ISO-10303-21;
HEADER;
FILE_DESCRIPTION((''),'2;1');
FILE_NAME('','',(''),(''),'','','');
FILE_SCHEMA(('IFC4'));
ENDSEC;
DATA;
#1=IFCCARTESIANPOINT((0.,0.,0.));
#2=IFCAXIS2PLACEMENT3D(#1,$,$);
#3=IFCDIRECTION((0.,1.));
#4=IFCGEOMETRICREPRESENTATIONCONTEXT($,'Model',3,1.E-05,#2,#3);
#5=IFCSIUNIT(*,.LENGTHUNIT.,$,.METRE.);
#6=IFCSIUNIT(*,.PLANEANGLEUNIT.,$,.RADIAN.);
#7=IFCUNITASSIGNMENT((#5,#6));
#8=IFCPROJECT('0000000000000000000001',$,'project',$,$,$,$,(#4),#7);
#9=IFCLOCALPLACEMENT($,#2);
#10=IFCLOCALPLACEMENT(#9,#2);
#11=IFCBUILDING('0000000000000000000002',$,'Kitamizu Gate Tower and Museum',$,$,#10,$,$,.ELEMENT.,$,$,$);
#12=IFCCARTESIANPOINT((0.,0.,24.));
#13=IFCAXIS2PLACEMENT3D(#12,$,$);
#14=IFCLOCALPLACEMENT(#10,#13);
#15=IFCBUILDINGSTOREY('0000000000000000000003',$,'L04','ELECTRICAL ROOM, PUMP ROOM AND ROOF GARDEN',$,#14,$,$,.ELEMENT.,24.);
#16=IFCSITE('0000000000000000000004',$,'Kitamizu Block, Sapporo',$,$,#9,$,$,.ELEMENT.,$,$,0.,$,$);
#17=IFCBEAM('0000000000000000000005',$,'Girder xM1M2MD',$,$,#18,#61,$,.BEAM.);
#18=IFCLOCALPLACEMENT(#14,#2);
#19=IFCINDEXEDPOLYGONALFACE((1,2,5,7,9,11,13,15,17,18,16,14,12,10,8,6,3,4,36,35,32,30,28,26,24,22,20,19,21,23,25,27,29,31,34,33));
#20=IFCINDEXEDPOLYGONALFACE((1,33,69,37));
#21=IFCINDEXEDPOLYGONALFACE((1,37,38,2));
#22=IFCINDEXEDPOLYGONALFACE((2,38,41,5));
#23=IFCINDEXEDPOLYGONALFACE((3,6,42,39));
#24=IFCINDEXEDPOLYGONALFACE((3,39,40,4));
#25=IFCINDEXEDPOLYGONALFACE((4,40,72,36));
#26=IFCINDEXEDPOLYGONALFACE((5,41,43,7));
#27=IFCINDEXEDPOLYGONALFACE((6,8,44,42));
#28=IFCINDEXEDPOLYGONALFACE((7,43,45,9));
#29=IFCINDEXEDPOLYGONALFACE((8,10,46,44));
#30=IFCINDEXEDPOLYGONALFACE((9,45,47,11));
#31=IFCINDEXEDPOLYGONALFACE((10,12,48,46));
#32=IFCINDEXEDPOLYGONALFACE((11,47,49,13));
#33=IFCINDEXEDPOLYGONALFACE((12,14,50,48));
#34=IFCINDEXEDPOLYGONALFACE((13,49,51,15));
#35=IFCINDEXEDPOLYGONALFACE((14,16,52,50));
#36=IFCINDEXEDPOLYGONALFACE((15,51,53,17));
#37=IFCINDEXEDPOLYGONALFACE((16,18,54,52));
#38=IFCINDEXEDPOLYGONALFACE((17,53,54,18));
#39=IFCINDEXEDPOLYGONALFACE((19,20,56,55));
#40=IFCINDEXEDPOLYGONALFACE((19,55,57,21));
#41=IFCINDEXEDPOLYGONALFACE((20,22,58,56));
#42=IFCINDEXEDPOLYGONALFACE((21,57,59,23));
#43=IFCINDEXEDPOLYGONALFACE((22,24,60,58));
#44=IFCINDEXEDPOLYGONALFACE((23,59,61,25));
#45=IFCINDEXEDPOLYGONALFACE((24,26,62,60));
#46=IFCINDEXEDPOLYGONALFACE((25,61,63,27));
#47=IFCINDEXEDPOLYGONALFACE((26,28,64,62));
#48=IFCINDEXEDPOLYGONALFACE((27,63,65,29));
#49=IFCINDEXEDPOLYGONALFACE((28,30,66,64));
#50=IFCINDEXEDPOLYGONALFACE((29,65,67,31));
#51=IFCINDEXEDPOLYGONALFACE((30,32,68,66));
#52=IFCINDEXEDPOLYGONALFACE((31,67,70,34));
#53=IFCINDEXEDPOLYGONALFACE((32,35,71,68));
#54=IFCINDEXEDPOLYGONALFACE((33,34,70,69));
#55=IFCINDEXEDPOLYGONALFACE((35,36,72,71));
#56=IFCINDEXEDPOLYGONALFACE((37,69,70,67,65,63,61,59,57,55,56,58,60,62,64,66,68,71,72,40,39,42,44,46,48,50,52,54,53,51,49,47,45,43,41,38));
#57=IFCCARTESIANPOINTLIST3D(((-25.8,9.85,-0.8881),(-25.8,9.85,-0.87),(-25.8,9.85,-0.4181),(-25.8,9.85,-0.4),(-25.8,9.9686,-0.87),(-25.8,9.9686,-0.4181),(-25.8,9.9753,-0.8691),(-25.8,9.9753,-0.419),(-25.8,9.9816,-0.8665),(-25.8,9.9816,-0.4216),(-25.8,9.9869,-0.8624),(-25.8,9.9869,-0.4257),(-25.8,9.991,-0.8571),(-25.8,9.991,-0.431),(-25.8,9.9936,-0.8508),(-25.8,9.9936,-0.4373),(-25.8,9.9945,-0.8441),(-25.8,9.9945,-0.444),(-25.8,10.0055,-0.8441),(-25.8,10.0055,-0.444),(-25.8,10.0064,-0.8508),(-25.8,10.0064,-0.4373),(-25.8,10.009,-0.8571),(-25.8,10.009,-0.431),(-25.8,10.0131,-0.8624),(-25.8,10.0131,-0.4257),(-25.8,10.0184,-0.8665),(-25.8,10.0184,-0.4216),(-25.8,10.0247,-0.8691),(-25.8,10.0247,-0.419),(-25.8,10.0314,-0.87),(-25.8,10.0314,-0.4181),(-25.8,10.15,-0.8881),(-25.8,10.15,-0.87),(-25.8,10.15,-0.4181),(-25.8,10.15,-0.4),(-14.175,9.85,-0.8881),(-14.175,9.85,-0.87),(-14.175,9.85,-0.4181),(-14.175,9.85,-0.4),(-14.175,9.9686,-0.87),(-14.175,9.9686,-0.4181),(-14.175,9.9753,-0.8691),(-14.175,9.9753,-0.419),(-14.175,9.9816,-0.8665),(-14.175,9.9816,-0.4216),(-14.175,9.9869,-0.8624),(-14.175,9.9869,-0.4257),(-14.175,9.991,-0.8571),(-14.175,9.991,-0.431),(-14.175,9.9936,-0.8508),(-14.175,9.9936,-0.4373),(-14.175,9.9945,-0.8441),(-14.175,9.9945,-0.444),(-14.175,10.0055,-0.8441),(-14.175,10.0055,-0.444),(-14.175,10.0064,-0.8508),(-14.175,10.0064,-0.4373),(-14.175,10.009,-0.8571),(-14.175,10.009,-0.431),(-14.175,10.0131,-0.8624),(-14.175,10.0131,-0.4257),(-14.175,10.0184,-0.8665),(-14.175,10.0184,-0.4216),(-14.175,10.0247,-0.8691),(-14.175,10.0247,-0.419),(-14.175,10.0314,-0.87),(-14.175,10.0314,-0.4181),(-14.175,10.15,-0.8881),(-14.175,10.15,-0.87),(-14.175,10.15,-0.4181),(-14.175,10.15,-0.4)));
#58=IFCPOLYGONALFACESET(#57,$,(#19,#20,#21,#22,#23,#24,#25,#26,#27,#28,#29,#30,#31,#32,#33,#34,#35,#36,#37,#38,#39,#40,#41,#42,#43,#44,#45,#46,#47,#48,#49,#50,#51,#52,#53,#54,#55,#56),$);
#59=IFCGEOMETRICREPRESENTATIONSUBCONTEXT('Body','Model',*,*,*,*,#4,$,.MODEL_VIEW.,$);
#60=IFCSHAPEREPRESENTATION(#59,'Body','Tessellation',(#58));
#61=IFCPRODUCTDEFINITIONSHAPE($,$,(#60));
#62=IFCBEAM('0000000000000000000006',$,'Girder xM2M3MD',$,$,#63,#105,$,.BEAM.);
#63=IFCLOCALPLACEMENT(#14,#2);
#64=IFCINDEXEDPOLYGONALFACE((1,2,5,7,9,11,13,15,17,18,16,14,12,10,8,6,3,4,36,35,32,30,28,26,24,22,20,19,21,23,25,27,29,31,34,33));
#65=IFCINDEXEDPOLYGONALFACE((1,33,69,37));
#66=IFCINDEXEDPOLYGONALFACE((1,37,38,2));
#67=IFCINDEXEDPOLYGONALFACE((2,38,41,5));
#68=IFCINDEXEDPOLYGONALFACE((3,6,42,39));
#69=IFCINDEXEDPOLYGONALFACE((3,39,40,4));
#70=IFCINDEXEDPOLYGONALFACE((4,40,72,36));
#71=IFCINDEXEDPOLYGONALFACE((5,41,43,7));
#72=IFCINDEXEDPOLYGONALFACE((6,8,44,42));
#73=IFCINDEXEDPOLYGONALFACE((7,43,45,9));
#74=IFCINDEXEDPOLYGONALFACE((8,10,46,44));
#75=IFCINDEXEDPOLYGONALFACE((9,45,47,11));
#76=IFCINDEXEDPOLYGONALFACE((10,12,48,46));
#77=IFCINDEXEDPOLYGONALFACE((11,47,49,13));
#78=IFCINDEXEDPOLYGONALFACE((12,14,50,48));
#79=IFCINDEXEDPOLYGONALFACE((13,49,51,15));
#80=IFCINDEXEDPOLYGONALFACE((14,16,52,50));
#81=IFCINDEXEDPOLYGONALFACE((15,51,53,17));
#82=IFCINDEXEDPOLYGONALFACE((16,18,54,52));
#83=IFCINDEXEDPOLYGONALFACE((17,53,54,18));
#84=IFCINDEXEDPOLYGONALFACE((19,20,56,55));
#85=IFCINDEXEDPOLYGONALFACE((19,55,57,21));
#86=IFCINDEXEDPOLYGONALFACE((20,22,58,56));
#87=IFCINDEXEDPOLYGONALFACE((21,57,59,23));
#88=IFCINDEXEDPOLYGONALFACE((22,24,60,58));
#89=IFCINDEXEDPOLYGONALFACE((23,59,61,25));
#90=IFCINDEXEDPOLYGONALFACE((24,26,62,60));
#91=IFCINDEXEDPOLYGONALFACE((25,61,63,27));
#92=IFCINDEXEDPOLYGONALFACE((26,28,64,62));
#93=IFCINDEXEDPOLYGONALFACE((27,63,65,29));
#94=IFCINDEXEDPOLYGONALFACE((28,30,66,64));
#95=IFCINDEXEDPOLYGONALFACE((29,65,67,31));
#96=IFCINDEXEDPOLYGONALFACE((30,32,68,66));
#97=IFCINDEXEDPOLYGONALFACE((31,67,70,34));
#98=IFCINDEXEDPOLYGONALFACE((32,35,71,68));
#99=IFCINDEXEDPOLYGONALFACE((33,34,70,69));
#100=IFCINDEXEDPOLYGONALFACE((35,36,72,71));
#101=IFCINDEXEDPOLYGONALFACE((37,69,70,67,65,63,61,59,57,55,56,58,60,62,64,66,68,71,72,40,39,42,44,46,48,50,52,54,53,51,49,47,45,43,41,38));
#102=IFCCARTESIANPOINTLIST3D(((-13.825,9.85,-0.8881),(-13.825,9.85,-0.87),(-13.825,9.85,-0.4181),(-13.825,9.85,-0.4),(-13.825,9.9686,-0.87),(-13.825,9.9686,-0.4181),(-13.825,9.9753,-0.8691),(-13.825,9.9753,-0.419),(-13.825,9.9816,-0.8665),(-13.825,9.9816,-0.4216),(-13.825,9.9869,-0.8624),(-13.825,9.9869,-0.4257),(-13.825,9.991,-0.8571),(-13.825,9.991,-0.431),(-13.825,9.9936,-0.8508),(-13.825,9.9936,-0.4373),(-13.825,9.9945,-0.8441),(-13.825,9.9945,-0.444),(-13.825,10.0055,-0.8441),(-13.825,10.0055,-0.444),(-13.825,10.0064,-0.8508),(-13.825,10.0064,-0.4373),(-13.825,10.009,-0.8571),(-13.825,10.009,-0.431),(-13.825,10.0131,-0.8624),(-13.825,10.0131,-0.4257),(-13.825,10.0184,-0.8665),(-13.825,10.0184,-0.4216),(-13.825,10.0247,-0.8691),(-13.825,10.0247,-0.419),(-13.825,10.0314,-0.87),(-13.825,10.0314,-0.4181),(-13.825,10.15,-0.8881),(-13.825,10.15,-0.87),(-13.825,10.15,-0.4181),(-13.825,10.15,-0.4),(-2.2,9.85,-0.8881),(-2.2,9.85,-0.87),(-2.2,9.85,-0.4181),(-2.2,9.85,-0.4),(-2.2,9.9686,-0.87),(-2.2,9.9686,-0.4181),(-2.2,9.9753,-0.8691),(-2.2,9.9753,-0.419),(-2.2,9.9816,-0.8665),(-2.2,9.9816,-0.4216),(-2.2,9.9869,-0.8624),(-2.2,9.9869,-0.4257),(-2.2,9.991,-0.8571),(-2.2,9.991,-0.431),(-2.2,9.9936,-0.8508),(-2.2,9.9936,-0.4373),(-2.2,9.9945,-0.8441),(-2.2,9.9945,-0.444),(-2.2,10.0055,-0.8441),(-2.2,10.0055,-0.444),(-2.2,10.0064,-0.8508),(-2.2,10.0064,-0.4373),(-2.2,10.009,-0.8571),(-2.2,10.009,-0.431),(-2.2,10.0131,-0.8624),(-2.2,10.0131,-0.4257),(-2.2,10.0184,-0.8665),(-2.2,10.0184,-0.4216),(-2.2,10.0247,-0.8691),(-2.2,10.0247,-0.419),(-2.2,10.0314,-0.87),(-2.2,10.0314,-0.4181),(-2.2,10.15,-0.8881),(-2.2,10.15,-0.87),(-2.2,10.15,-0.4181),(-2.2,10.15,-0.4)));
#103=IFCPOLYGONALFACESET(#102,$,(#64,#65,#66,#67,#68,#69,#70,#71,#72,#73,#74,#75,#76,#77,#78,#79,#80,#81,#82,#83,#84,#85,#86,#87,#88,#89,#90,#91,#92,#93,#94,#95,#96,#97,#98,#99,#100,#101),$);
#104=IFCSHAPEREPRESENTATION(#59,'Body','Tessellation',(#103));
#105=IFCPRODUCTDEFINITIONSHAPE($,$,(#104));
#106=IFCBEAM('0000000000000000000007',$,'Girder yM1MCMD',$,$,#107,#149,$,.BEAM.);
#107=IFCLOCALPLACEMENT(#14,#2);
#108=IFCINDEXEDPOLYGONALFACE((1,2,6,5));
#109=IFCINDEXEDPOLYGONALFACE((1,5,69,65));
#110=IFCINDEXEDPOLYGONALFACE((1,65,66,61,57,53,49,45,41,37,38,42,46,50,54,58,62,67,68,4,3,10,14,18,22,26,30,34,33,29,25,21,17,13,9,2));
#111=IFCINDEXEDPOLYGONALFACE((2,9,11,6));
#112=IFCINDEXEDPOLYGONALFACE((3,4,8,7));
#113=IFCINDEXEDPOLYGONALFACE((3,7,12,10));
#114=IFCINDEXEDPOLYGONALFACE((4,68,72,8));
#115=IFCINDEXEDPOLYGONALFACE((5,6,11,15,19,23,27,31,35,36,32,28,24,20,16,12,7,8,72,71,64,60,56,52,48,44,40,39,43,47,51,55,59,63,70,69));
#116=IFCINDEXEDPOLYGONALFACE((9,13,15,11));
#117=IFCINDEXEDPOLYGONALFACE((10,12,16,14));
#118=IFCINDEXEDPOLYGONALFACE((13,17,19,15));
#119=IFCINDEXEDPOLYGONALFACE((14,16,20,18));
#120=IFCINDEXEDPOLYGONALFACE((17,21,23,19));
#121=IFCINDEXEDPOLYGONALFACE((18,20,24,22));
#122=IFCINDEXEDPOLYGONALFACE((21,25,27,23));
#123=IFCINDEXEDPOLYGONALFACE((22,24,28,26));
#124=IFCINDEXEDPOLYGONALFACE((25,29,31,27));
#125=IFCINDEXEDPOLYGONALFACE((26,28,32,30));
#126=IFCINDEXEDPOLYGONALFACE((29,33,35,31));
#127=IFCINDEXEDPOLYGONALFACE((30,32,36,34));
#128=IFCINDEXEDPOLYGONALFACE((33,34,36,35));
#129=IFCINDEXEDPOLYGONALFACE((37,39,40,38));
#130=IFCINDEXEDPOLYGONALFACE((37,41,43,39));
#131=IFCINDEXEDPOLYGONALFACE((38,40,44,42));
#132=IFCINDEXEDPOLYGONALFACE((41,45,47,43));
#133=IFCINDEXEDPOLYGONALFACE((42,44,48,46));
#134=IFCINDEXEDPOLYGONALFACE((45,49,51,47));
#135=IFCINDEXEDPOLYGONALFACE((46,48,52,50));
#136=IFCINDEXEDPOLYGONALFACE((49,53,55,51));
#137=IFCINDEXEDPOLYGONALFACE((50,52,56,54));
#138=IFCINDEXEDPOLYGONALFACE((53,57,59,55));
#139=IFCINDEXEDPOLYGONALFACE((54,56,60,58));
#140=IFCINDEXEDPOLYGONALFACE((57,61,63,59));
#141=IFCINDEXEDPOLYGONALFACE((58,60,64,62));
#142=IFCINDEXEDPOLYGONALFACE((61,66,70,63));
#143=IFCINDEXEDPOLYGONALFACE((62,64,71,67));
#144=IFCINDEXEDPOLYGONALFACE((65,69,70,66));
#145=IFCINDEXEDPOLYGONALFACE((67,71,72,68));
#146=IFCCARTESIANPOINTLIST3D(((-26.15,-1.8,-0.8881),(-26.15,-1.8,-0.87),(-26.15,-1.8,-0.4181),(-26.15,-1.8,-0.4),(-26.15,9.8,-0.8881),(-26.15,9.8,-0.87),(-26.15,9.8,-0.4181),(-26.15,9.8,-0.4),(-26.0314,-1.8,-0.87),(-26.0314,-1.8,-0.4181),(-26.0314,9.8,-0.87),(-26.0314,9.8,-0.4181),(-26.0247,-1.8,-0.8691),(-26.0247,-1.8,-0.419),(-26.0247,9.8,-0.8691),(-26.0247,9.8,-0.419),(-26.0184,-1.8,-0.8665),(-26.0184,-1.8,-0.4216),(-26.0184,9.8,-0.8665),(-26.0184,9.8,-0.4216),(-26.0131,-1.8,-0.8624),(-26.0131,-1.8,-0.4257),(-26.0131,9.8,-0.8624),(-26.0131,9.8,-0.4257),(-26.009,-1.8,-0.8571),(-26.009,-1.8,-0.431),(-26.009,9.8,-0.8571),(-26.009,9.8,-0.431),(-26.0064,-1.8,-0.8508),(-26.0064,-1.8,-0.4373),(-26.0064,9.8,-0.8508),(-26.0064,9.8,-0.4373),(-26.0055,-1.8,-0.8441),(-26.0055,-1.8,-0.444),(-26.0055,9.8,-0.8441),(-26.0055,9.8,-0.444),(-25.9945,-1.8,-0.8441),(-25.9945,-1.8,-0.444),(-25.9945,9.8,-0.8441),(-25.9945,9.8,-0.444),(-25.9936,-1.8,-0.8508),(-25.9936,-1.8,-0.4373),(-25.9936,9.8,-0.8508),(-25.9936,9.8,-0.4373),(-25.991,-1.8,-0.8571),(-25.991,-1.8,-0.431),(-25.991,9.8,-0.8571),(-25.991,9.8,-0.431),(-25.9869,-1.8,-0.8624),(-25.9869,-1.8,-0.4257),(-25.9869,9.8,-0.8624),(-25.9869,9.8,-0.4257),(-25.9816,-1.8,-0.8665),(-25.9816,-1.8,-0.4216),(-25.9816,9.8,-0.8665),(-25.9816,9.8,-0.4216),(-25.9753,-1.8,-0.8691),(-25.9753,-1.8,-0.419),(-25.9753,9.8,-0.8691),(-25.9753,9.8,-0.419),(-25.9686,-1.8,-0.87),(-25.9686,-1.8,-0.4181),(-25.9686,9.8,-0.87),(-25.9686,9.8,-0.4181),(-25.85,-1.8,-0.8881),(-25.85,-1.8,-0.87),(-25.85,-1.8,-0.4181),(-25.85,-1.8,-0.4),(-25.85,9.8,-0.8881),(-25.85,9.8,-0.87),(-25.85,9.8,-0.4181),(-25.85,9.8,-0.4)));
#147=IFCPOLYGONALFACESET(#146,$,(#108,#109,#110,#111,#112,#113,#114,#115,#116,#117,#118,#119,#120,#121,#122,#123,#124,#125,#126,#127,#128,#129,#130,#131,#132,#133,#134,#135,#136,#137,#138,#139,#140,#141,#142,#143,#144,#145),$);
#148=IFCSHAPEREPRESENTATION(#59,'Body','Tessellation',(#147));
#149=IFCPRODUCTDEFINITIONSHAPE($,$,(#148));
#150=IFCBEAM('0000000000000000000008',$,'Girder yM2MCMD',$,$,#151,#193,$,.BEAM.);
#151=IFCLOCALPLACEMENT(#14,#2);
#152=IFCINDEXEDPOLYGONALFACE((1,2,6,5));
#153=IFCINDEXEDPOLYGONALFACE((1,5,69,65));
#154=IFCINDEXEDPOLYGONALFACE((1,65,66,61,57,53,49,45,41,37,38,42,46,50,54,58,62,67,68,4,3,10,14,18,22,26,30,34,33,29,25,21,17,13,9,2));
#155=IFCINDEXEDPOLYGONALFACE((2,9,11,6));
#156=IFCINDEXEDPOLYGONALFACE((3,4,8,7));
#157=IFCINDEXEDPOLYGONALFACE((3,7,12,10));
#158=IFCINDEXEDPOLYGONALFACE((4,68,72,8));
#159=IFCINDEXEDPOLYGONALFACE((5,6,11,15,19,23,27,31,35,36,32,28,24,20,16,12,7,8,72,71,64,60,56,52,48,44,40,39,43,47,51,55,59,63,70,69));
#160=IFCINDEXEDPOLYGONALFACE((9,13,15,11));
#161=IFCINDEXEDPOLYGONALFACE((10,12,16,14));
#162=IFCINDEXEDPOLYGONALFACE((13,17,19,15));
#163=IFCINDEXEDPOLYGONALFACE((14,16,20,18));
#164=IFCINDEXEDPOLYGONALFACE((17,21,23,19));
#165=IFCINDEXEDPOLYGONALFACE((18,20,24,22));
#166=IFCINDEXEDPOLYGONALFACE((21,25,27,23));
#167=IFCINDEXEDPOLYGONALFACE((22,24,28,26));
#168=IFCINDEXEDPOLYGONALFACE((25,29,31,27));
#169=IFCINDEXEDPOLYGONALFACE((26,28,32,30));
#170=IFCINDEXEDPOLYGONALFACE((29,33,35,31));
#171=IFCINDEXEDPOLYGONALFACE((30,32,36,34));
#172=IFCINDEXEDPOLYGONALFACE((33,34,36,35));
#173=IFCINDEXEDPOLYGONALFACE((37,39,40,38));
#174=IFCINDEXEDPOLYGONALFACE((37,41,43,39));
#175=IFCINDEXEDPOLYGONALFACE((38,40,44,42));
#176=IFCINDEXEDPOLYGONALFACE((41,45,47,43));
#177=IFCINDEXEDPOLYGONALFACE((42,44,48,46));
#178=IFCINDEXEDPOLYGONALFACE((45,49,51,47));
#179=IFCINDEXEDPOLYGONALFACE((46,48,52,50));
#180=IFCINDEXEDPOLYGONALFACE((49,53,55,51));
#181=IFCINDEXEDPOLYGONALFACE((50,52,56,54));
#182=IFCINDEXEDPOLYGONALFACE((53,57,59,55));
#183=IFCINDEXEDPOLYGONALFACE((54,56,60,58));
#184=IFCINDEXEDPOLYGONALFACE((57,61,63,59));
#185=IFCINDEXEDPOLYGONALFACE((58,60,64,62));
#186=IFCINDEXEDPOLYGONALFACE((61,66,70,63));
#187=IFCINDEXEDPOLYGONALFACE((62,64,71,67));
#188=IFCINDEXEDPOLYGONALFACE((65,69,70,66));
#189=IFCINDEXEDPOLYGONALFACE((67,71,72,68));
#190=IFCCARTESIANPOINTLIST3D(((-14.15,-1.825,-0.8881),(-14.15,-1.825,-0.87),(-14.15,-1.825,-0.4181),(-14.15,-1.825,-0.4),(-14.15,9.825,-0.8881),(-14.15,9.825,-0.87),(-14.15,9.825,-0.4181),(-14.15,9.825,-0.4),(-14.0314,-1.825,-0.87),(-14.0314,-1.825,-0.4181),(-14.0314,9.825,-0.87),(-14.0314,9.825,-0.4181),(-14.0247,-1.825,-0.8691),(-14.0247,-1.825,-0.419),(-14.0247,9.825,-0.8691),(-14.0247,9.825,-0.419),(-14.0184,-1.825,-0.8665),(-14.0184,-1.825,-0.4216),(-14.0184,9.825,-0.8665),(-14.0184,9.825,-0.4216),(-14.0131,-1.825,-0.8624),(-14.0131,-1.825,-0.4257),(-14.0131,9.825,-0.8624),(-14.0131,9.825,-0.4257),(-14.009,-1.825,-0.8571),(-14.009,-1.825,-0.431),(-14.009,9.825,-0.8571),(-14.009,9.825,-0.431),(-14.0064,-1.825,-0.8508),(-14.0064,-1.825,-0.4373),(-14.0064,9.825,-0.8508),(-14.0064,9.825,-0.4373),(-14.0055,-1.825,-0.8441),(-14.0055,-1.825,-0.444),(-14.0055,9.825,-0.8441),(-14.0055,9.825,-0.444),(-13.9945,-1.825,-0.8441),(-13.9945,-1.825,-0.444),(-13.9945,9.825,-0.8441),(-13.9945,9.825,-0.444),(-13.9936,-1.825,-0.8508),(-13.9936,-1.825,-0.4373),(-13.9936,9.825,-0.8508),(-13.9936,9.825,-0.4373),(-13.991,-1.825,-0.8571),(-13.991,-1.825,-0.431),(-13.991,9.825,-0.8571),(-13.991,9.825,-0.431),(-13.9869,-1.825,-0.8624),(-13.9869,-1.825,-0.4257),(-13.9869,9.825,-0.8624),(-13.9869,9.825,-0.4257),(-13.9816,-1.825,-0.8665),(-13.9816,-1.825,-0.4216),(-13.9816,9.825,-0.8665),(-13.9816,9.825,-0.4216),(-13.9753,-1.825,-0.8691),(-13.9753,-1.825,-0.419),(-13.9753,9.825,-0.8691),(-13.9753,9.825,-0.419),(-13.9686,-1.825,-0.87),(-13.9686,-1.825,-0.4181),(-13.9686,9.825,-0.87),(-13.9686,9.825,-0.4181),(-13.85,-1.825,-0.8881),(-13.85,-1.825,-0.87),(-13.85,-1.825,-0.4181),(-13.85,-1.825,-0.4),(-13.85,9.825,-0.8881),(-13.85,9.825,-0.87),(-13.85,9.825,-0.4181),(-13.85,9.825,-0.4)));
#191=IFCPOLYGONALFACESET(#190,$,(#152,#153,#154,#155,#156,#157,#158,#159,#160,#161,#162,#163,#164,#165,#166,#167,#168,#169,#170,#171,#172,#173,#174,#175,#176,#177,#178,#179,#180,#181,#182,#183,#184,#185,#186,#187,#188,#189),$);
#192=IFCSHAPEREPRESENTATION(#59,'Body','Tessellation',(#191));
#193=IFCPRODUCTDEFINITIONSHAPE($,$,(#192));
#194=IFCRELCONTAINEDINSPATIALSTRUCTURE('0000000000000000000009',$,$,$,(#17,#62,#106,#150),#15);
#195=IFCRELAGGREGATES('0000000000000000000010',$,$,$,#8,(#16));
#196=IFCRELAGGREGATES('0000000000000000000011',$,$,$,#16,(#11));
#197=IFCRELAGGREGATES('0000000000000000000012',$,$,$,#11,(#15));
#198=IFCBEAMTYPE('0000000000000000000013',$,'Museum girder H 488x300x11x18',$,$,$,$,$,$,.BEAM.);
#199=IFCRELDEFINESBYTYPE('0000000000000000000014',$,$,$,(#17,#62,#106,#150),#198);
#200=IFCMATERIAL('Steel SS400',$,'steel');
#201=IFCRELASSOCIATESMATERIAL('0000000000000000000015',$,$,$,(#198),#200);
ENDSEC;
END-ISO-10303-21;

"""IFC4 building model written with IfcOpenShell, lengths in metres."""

from ifc_helpers import new_model, si_unit, direction, frame, origin, origin_2d, place, context, subcontext, project, spatial, i_section, extrude, material, material_profile, profile_set, type_object, element, save


model = new_model("IFC4")

# Units and contexts
model_context = context("Model", 3, precision=1e-05, world=origin(), true_north=direction((0.0, 1.0)))
body_context = subcontext(model_context, "Body", "Model", "MODEL_VIEW")
ifc_project = project(units=[si_unit("LENGTHUNIT", "METRE"), si_unit("PLANEANGLEUNIT", "RADIAN")], contexts=[model_context])

# Site, building, storey
site_placement = place(None, origin())
site = spatial("IfcSite", under=ifc_project, at=site_placement, Name="Kitamizu Block, Sapporo", CompositionType="ELEMENT", RefElevation=0.0)
building_placement = place(site_placement, origin())
building = spatial("IfcBuilding", under=site, at=building_placement, Name="Kitamizu Gate Tower and Museum", CompositionType="ELEMENT")
storey_placement = place(building_placement, frame((0.0, 0.0, 24.0)))
storey = spatial("IfcBuildingStorey", under=building, at=storey_placement, Name="L04", Description="ELECTRICAL ROOM, PUMP ROOM AND ROOF GARDEN", CompositionType="ELEMENT", Elevation=24.0)

# Beams
ifc_material_1 = material(Name="Steel SS400", Category="steel")
ifc_material_profile_1 = material_profile(ifc_material_1, i_section(OverallWidth=0.3, OverallDepth=0.488, WebThickness=0.011, FlangeThickness=0.0181, FilletRadius=0.0259, at=origin_2d()), Name="H-488x300x11x18")
ifc_profile_set_1 = profile_set([ifc_material_profile_1], Name="Steel SS400")
beam_type_1 = type_object("IfcBeamType", Name="Museum girder H 488x300x11x18", PredefinedType="BEAM", material=ifc_profile_set_1)
for number, where, z_axis, x_axis, name in (
    (1, (-25.8, 10.0, -0.644), (1.0, 0.0, 0.0), (0.0, 1.0, 0.0), "Girder xM1M2MD"),
    (2, (-13.825, 10.0, -0.644), (1.0, 0.0, 0.0), (0.0, 1.0, 0.0), "Girder xM2M3MD"),
):
    element("IfcBeam", number, at=place(storey_placement, frame(where, z_axis=z_axis, x_axis=x_axis)), inside=storey, type_object=beam_type_1, Name=name, PredefinedType="BEAM", context=body_context, shape_type="SweptSolid", body=[
        extrude(i_section(OverallWidth=0.3, OverallDepth=0.488, WebThickness=0.011, FlangeThickness=0.0181, FilletRadius=0.0259, at=origin_2d()), origin(), (0.0, 0.0, 1.0), 11.625),
    ])
beam_1_placement = place(storey_placement, frame((-26.0, -1.8, -0.644), z_axis=(0.0, 1.0, 0.0), x_axis=(-1.0, 0.0, 0.0)))
element("IfcBeam", 3, at=beam_1_placement, inside=storey, type_object=beam_type_1, Name="Girder yM1MCMD", PredefinedType="BEAM", context=body_context, shape_type="SweptSolid", body=[
    extrude(i_section(OverallWidth=0.3, OverallDepth=0.488, WebThickness=0.011, FlangeThickness=0.0181, FilletRadius=0.0259, at=origin_2d()), origin(), (0.0, 0.0, 1.0), 11.6001),
])
beam_2_placement = place(storey_placement, frame((-14.0, -1.825, -0.644), z_axis=(0.0, 1.0, 0.0), x_axis=(-1.0, 0.0, 0.0)))
element("IfcBeam", 4, at=beam_2_placement, inside=storey, type_object=beam_type_1, Name="Girder yM2MCMD", PredefinedType="BEAM", context=body_context, shape_type="SweptSolid", body=[
    extrude(i_section(OverallWidth=0.3, OverallDepth=0.488, WebThickness=0.011, FlangeThickness=0.0181, FilletRadius=0.0259, at=origin_2d()), origin(), (0.0, 0.0, 1.0), 11.6499),
])

save(model, "model.ifc")
